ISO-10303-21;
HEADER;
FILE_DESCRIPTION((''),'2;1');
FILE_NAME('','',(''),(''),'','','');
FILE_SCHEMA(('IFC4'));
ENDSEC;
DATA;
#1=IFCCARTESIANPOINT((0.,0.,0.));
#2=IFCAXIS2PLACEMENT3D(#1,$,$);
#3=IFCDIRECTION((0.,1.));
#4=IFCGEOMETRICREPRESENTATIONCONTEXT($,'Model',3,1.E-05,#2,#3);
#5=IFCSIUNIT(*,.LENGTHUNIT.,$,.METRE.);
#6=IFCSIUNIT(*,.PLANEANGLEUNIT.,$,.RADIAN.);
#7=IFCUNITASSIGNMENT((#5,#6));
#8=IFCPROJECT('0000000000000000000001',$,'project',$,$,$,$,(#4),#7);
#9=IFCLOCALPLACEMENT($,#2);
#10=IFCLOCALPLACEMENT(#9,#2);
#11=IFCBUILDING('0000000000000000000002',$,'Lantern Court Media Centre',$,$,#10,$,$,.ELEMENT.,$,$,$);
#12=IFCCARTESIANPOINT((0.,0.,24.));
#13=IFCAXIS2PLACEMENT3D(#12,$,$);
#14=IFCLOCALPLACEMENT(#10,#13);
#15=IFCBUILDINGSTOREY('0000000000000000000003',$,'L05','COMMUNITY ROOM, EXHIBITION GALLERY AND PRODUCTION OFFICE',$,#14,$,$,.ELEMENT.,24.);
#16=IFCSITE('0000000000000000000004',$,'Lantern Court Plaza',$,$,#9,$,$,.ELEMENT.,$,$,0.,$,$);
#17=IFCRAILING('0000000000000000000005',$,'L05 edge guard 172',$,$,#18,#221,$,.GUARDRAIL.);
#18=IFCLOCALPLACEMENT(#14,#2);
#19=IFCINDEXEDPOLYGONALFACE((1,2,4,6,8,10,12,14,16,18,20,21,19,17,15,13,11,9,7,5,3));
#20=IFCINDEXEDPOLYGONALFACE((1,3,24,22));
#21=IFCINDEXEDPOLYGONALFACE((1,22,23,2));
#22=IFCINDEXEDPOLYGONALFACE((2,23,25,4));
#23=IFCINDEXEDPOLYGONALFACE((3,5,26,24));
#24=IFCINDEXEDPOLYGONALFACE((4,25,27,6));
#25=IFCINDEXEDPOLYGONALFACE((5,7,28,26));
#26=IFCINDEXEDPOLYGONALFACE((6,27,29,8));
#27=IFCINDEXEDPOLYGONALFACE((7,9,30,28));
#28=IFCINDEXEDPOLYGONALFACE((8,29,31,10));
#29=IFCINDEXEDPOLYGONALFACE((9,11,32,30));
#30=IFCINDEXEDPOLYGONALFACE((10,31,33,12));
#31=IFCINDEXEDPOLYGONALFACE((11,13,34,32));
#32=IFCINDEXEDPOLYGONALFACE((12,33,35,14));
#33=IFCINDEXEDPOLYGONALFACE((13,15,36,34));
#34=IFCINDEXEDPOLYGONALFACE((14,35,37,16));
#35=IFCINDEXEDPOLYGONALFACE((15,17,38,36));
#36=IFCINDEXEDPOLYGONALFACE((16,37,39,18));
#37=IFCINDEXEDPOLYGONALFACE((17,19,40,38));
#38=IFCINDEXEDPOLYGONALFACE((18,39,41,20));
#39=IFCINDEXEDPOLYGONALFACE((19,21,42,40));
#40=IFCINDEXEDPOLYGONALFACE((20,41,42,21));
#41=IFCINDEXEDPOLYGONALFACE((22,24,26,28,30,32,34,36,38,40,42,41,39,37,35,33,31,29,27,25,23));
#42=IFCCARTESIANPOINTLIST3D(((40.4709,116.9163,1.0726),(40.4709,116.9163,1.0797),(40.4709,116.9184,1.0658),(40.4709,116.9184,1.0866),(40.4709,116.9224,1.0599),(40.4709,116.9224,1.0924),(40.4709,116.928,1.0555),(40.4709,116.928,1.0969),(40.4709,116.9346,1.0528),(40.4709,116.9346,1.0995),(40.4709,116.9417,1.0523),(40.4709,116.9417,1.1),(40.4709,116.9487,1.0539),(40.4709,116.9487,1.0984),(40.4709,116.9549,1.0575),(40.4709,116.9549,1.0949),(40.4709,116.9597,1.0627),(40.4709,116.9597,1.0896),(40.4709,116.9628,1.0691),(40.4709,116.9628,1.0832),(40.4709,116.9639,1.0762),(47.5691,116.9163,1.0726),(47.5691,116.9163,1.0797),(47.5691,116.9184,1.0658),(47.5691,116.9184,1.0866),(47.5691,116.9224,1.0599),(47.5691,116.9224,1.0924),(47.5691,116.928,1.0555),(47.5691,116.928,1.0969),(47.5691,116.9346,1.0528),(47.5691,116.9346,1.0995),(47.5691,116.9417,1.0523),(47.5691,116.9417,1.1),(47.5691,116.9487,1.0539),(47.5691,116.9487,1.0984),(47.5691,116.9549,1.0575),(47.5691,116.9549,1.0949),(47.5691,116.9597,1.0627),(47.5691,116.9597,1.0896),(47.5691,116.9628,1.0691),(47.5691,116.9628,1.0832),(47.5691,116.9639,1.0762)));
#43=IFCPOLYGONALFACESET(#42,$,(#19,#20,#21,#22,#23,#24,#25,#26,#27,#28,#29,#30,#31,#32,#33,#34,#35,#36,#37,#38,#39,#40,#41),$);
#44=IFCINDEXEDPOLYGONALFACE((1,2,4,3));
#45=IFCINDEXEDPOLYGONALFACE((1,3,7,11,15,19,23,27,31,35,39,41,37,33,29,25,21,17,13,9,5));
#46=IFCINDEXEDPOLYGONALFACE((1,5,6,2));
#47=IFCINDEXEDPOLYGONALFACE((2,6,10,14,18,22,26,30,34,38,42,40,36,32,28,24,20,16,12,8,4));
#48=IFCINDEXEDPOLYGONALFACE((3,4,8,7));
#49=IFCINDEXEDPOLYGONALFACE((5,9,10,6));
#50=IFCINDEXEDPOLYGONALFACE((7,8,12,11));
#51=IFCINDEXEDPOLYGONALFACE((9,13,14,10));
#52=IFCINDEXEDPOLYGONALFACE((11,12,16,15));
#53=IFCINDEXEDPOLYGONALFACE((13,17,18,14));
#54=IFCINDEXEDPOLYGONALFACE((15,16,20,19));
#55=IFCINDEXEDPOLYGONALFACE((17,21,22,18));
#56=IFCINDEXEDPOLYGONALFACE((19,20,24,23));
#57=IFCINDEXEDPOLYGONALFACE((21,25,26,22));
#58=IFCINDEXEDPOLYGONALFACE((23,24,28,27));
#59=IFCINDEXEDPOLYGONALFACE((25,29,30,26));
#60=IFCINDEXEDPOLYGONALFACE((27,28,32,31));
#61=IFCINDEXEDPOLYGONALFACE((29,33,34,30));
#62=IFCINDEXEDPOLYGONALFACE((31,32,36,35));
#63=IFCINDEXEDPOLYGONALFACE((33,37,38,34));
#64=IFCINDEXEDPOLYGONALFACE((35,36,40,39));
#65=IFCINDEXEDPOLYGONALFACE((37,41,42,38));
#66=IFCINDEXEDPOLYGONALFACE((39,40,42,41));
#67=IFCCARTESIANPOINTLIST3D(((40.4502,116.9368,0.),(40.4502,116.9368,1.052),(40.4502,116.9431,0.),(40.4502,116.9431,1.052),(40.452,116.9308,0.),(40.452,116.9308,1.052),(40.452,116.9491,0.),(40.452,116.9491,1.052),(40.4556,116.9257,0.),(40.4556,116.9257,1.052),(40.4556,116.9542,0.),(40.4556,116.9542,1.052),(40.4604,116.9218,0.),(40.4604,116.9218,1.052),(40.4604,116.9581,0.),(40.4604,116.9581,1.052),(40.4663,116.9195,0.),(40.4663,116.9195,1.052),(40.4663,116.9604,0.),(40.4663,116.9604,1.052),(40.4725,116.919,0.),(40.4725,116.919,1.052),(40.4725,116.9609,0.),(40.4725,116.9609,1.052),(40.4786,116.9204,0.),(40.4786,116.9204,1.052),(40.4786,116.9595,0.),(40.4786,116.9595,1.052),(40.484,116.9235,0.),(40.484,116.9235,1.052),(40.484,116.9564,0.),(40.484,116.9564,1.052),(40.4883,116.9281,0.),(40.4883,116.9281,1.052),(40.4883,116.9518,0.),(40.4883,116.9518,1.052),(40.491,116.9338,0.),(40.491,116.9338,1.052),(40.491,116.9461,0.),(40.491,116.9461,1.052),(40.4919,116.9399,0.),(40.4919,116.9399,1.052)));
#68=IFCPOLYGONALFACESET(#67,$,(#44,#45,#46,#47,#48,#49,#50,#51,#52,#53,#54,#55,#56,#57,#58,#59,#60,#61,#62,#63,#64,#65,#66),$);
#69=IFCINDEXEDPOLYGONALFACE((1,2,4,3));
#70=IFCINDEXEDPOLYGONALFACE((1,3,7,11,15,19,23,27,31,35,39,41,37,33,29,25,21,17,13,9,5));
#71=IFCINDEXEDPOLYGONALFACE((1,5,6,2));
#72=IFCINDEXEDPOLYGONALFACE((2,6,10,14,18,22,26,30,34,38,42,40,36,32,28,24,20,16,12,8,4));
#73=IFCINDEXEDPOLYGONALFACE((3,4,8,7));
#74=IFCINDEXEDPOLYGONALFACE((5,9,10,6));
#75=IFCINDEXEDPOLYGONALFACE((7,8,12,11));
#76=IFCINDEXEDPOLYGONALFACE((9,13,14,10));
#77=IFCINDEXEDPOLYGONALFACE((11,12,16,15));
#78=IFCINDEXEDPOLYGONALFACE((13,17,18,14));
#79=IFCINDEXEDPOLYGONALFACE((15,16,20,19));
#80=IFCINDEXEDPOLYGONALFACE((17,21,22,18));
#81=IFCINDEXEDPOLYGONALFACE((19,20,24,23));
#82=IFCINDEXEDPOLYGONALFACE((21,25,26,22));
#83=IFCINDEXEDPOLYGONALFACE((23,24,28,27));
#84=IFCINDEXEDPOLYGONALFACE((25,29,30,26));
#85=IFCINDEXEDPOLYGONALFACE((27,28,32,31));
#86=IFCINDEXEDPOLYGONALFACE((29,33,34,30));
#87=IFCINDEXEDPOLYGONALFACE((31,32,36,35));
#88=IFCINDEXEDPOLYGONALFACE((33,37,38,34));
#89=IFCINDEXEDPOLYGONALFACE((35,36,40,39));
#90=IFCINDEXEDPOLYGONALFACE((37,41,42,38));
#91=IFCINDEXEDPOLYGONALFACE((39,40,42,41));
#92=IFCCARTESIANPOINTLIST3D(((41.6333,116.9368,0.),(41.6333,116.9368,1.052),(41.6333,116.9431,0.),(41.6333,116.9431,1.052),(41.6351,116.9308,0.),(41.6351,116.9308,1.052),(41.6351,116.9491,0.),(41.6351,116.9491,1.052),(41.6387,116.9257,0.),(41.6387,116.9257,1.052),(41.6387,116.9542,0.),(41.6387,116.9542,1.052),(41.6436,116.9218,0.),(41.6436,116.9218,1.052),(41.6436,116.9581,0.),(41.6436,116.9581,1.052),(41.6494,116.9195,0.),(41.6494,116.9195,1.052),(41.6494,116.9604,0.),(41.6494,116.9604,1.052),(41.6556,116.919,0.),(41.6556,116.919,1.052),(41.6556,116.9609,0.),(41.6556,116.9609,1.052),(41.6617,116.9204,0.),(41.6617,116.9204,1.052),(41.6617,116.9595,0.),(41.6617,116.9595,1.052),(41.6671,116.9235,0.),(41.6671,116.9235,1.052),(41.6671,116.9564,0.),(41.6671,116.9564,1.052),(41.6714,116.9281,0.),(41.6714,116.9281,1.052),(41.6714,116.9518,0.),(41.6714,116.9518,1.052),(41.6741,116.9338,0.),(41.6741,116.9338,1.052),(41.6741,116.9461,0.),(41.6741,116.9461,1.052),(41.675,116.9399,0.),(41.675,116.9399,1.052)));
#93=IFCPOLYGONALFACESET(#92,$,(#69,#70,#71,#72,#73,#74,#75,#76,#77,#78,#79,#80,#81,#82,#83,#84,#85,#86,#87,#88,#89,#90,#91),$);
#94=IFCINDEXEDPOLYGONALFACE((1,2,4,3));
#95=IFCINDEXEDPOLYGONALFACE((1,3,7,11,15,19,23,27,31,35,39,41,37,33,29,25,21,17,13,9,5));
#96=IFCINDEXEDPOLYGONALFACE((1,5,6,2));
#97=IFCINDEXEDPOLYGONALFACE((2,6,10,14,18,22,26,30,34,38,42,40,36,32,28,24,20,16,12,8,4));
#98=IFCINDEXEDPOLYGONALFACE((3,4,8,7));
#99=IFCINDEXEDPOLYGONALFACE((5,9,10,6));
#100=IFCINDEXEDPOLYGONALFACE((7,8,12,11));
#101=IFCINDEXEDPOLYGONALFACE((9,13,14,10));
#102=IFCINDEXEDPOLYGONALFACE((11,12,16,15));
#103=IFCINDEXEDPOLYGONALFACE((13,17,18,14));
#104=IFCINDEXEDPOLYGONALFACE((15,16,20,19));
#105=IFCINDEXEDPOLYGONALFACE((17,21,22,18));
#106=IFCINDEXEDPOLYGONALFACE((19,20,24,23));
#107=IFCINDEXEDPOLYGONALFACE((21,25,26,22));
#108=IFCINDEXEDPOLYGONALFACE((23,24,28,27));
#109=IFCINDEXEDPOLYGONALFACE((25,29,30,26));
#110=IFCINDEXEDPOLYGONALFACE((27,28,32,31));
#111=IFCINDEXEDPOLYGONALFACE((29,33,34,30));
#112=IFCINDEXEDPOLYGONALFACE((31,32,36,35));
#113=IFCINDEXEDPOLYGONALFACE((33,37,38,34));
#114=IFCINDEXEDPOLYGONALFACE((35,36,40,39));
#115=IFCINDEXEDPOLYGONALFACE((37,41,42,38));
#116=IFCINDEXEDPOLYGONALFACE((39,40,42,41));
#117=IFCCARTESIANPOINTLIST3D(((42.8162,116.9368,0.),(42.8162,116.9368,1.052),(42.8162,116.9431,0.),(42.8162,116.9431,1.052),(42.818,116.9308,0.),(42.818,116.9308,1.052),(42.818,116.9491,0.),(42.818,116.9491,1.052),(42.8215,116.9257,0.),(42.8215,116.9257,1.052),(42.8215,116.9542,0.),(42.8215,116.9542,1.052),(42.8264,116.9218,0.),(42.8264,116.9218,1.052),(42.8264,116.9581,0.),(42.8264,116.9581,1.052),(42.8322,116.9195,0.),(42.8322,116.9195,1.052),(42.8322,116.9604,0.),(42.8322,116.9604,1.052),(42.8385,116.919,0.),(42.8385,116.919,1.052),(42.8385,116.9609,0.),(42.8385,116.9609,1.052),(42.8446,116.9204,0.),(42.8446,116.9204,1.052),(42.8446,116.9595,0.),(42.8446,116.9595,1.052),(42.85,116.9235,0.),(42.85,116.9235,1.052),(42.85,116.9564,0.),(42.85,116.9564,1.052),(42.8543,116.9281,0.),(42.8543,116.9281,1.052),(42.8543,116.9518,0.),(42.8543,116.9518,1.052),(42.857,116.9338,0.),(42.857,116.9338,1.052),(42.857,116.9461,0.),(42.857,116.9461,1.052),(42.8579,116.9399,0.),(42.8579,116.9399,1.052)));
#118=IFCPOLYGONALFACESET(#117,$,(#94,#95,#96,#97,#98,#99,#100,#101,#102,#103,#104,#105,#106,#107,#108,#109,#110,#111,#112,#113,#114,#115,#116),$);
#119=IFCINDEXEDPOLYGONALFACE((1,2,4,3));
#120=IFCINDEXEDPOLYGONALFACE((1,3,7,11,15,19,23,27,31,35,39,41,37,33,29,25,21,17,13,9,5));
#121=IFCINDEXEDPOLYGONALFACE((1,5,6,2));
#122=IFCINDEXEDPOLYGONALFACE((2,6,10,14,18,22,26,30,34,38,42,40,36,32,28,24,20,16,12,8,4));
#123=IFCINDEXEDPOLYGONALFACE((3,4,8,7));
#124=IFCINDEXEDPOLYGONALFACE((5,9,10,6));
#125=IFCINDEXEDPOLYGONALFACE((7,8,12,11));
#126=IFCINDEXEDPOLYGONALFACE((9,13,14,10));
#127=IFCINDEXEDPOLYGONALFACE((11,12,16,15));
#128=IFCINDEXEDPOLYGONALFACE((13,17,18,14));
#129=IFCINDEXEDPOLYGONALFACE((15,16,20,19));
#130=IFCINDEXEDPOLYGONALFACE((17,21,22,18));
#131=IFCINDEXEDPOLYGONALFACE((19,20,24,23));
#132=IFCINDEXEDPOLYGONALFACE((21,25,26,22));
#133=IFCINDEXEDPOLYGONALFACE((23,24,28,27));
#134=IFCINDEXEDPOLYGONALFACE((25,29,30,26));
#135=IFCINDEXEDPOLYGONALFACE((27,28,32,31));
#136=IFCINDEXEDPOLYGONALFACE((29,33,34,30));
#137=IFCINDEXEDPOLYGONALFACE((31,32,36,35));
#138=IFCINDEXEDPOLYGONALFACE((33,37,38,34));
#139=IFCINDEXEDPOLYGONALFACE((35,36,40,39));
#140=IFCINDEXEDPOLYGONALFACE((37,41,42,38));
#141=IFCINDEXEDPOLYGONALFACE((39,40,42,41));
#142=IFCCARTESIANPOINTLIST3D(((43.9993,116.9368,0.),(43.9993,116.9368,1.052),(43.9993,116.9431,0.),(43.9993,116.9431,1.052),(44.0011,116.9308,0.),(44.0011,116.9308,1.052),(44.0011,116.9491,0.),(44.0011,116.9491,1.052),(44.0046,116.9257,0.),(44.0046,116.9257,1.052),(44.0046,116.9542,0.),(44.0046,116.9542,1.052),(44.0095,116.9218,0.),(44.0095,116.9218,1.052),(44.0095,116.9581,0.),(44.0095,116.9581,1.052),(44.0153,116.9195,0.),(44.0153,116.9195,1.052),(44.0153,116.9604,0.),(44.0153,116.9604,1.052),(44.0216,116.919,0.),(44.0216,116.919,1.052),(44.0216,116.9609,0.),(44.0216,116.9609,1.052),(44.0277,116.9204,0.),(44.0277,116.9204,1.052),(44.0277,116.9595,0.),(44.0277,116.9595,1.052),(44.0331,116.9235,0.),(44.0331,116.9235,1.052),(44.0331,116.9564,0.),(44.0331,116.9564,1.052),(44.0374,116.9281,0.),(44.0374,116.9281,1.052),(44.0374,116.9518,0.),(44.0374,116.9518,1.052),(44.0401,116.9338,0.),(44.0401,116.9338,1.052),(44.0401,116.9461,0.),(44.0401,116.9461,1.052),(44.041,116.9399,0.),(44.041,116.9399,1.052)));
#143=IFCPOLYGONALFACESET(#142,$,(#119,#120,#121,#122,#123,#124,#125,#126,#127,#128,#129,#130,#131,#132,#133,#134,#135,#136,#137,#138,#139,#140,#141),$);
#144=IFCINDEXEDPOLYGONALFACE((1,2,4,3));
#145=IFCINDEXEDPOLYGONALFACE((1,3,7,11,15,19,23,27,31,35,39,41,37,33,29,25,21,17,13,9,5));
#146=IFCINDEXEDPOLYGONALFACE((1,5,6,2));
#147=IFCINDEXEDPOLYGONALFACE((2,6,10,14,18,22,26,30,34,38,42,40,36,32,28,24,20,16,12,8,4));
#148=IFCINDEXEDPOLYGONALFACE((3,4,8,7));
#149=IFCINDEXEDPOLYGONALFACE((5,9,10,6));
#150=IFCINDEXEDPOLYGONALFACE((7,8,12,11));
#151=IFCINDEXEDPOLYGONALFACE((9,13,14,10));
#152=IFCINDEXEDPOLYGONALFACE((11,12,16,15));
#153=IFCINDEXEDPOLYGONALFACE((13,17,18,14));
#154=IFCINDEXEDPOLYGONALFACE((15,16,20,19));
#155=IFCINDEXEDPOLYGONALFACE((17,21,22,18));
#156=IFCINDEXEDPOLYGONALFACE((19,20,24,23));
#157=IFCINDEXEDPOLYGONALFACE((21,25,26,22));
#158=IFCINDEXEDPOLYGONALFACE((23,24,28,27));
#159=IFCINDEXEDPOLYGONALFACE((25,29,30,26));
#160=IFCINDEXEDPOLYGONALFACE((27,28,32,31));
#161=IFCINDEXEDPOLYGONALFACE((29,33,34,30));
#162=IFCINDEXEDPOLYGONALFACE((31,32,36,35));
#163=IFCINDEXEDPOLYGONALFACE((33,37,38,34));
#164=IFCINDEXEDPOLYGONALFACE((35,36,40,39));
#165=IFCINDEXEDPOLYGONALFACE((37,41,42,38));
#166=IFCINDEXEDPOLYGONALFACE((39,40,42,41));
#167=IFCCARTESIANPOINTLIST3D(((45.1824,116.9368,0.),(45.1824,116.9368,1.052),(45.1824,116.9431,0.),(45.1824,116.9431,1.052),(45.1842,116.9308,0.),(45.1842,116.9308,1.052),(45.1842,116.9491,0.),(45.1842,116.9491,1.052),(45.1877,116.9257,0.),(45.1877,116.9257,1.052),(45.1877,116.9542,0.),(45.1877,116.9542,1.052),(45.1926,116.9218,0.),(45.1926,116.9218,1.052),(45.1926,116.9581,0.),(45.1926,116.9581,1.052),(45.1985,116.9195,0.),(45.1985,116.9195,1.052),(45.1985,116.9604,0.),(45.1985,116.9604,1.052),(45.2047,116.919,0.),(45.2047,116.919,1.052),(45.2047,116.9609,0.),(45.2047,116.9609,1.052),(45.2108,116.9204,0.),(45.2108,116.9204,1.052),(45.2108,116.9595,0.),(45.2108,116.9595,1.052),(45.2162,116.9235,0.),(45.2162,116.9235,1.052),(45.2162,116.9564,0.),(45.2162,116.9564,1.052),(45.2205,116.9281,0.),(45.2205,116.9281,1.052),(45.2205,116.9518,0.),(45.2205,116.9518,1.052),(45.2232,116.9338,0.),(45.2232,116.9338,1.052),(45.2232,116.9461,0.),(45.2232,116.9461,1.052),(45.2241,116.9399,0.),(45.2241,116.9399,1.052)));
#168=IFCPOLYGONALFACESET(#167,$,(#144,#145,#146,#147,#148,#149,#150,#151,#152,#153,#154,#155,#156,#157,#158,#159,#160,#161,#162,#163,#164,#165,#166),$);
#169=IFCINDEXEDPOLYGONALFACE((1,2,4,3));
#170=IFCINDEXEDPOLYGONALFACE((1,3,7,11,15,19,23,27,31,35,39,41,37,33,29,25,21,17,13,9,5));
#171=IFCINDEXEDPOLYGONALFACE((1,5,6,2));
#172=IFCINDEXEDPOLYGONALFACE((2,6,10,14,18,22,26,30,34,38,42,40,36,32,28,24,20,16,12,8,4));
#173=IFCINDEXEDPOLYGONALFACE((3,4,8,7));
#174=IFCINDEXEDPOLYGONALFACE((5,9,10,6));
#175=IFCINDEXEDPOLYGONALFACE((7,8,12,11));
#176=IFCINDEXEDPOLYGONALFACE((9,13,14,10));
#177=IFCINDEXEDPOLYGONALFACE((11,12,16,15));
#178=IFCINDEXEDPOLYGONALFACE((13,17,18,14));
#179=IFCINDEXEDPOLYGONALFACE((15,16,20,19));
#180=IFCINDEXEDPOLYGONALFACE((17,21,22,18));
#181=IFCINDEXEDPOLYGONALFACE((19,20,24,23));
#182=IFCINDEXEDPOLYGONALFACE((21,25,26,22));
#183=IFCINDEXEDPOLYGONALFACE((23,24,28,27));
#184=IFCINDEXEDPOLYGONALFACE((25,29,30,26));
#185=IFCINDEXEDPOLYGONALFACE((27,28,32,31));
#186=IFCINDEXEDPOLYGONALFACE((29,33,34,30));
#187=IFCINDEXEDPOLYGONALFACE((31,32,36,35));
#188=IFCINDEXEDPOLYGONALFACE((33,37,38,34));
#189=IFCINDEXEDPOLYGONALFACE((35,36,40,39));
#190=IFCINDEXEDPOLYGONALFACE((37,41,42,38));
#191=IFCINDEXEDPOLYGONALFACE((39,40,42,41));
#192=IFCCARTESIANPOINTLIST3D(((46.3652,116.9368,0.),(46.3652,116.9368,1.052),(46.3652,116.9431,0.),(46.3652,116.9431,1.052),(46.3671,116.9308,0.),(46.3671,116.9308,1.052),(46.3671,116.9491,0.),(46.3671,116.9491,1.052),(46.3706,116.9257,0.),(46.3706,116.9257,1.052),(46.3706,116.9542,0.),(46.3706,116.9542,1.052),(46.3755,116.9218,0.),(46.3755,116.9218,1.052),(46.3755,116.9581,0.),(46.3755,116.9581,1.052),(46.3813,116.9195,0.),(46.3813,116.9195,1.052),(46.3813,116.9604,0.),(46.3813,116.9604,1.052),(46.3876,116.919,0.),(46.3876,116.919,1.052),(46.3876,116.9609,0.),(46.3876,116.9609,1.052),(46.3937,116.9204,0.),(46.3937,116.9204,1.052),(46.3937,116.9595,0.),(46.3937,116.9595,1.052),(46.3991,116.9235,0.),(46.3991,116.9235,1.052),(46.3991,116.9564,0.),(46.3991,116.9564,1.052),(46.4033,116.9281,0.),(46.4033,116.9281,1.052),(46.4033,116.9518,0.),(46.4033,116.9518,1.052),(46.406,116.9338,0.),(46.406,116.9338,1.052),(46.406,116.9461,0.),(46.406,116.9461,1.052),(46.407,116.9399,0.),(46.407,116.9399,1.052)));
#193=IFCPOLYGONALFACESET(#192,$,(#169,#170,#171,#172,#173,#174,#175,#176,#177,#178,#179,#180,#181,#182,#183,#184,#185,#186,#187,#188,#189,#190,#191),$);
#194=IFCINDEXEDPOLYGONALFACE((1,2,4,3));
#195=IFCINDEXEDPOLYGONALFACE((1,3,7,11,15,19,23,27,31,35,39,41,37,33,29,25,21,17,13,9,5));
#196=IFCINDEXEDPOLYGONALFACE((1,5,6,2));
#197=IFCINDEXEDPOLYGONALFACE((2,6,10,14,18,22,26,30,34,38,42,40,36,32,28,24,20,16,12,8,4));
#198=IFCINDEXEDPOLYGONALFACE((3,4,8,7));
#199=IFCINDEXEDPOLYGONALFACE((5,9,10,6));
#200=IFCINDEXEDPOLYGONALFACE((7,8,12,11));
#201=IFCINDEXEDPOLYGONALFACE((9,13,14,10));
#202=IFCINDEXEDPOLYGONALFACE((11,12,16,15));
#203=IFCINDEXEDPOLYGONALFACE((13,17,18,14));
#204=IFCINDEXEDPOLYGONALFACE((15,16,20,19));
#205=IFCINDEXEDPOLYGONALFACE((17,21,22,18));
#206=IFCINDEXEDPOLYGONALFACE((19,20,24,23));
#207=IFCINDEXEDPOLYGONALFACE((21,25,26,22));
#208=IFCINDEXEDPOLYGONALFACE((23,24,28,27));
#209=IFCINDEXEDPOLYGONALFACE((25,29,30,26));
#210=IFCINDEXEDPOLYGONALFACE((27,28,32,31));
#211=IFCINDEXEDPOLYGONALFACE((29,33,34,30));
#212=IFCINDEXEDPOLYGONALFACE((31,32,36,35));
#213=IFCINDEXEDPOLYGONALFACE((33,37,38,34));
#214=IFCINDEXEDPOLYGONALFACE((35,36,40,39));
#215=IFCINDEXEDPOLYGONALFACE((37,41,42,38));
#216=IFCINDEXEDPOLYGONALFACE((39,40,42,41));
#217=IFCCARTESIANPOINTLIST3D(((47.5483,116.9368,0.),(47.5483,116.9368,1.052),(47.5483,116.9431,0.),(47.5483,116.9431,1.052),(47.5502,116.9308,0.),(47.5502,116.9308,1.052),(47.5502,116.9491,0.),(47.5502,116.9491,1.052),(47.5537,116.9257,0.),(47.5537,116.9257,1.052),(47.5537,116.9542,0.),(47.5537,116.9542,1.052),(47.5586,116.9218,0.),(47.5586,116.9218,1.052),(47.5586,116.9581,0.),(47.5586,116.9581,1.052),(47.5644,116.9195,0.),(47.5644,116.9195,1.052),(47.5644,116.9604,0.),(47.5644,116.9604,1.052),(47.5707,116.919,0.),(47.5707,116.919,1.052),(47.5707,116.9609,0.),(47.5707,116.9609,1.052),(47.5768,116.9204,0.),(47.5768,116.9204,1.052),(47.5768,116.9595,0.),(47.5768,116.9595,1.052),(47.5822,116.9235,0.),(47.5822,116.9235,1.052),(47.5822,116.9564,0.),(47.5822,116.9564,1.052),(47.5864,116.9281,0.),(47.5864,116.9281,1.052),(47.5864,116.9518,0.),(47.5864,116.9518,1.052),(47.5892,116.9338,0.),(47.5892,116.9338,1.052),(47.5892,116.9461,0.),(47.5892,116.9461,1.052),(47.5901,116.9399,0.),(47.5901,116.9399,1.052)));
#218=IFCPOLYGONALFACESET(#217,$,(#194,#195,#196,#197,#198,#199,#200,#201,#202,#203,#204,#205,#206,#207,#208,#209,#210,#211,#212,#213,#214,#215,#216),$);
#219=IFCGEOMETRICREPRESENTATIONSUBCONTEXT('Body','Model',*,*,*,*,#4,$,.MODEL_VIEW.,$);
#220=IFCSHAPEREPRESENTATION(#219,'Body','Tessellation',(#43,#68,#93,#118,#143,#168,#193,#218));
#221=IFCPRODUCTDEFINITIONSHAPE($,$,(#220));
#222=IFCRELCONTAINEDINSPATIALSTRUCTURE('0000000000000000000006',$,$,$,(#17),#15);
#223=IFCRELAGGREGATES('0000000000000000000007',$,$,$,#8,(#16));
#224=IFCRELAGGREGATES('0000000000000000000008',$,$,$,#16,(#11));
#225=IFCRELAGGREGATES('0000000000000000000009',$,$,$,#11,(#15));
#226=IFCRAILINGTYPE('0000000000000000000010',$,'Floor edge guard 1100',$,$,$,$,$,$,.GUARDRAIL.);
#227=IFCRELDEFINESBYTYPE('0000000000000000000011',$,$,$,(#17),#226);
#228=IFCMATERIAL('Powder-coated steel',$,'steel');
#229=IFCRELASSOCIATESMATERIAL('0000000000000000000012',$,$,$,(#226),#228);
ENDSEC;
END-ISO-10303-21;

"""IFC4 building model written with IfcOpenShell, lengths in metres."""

from ifc_helpers import new_model, si_unit, direction, frame, origin, origin_2d, place, context, subcontext, project, spatial, circle, extrude, material, type_object, element, save


model = new_model("IFC4")

# Units and contexts
model_context = context("Model", 3, precision=1e-05, world=origin(), true_north=direction((0.0, 1.0)))
body_context = subcontext(model_context, "Body", "Model", "MODEL_VIEW")
ifc_project = project(units=[si_unit("LENGTHUNIT", "METRE"), si_unit("PLANEANGLEUNIT", "RADIAN")], contexts=[model_context])

# Site, building, storey
site_placement = place(None, origin())
site = spatial("IfcSite", under=ifc_project, at=site_placement, Name="Lantern Court Plaza", CompositionType="ELEMENT", RefElevation=0.0)
building_placement = place(site_placement, origin())
building = spatial("IfcBuilding", under=site, at=building_placement, Name="Lantern Court Media Centre", CompositionType="ELEMENT")
storey_placement = place(building_placement, frame((0.0, 0.0, 24.0)))
storey = spatial("IfcBuildingStorey", under=building, at=storey_placement, Name="L05", Description="COMMUNITY ROOM, EXHIBITION GALLERY AND PRODUCTION OFFICE", CompositionType="ELEMENT", Elevation=24.0)

# Railing
ifc_material_1 = material(Name="Powder-coated steel", Category="steel")
railing_type = type_object("IfcRailingType", Name="Floor edge guard 1100", PredefinedType="GUARDRAIL", material=ifc_material_1)
railing_1_placement = place(storey_placement, frame((40.4709, 116.9399, 0.0)))
element("IfcRailing", 1, at=railing_1_placement, inside=storey, type_object=railing_type, Name="L05 edge guard 172", PredefinedType="GUARDRAIL", context=body_context, shape_type="SweptSolid", body=[
    extrude(circle(Radius=0.0239, at=origin_2d()), frame((0.0, 0.0, 1.0762), z_axis=(1.0, 0.0, 0.0), x_axis=(0.0, 1.0, 0.0)), (0.0, 0.0, 1.0), 7.0981),
    extrude(circle(Radius=0.021, at=origin_2d()), origin(), (0.0, 0.0, 1.0), 1.052),
    extrude(circle(Radius=0.021, at=origin_2d()), frame((1.1831, 0.0, 0.0)), (0.0, 0.0, 1.0), 1.052),
    extrude(circle(Radius=0.021, at=origin_2d()), frame((2.366, 0.0, 0.0)), (0.0, 0.0, 1.0), 1.052),
    extrude(circle(Radius=0.021, at=origin_2d()), frame((3.5491, 0.0, 0.0)), (0.0, 0.0, 1.0), 1.052),
    extrude(circle(Radius=0.021, at=origin_2d()), frame((4.7322, 0.0, 0.0)), (0.0, 0.0, 1.0), 1.052),
    extrude(circle(Radius=0.021, at=origin_2d()), frame((5.915, 0.0, 0.0)), (0.0, 0.0, 1.0), 1.052),
    extrude(circle(Radius=0.021, at=origin_2d()), frame((7.0981, 0.0, 0.0)), (0.0, 0.0, 1.0), 1.052),
])

save(model, "model.ifc")
